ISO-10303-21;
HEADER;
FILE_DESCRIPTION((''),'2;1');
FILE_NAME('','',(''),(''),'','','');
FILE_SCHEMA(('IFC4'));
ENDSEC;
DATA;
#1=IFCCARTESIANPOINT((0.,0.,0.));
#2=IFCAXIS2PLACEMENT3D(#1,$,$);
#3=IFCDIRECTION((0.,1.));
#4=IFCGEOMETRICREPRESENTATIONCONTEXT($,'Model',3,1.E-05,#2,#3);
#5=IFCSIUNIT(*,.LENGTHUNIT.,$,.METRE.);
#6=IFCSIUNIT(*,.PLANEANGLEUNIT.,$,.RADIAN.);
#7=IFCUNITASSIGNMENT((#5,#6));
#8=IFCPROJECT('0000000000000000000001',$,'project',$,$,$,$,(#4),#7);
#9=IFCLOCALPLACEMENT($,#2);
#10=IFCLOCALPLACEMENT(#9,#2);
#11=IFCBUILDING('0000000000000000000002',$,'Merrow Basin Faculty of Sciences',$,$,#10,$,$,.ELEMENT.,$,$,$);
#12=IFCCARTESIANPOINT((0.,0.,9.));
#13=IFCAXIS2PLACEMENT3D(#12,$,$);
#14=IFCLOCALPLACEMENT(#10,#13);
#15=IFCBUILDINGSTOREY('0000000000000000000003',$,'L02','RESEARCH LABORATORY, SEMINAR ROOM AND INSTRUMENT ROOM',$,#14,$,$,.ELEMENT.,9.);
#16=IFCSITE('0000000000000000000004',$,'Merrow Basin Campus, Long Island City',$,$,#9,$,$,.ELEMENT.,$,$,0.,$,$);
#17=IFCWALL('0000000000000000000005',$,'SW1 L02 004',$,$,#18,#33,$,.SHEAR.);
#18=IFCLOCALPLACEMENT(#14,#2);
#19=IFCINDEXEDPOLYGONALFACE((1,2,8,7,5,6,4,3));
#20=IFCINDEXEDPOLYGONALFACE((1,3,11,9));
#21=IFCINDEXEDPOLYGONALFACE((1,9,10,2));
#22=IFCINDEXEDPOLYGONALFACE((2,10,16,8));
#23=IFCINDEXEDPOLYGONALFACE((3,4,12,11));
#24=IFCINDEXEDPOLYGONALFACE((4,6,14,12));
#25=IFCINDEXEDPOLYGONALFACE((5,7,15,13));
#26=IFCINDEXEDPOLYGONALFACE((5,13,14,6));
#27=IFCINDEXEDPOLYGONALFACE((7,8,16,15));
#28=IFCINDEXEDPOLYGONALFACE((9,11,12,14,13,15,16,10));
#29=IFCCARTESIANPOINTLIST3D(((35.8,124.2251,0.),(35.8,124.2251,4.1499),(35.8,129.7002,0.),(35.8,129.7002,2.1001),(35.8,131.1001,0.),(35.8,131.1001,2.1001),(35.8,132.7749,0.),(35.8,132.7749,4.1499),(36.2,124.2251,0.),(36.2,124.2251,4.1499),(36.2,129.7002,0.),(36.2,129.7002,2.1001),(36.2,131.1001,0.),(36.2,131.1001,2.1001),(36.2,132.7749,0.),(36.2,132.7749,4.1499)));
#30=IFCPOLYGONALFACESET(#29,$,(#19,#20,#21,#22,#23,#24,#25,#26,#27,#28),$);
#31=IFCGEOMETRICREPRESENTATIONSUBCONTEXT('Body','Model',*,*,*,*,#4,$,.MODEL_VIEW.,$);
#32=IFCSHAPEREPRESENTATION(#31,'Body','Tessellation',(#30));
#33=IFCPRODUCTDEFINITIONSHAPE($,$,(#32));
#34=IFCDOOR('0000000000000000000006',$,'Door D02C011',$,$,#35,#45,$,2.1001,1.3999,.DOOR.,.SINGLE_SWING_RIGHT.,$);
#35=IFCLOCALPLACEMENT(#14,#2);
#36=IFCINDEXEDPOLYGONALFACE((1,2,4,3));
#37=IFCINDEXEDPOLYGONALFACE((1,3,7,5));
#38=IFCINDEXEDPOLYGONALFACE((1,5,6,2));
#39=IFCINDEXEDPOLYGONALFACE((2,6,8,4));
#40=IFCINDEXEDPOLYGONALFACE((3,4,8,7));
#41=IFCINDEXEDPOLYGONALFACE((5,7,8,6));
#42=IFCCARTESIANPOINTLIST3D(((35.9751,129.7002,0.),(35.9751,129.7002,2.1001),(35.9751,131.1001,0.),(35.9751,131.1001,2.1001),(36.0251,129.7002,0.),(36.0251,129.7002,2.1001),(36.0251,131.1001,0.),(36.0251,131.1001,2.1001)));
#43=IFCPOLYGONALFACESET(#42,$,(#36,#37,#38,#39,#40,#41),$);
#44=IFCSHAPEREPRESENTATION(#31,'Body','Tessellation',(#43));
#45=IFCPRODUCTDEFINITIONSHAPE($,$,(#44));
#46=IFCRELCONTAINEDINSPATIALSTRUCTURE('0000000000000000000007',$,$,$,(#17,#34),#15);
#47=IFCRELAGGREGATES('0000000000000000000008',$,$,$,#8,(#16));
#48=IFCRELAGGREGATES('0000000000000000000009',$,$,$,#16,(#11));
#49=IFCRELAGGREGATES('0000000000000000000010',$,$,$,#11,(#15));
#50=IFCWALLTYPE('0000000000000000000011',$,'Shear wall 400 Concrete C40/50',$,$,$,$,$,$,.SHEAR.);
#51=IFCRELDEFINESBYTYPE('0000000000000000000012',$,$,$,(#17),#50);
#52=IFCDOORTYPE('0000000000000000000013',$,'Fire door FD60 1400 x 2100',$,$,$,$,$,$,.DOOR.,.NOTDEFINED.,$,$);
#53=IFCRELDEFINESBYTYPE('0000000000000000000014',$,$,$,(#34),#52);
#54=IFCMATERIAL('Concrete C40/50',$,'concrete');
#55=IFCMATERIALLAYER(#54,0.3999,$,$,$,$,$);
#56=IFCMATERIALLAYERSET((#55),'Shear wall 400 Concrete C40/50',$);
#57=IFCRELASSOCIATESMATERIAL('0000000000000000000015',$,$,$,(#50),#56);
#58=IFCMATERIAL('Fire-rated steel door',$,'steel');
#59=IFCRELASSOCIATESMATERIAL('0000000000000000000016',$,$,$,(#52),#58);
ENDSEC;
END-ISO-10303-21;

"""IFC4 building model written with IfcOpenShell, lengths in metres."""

from ifc_helpers import new_model, si_unit, direction, frame, frame_2d, origin, place, context, subcontext, project, spatial, rectangle, extrude, material, layer, layer_set, type_object, element, fill, save


model = new_model("IFC4")

# Units and contexts
model_context = context("Model", 3, precision=1e-05, world=origin(), true_north=direction((0.0, 1.0)))
body_context = subcontext(model_context, "Body", "Model", "MODEL_VIEW")
ifc_project = project(units=[si_unit("LENGTHUNIT", "METRE"), si_unit("PLANEANGLEUNIT", "RADIAN")], contexts=[model_context])

# Site, building, storey
site_placement = place(None, origin())
site = spatial("IfcSite", under=ifc_project, at=site_placement, Name="Merrow Basin Campus, Long Island City", CompositionType="ELEMENT", RefElevation=0.0)
building_placement = place(site_placement, origin())
building = spatial("IfcBuilding", under=site, at=building_placement, Name="Merrow Basin Faculty of Sciences", CompositionType="ELEMENT")
storey_placement = place(building_placement, frame((0.0, 0.0, 9.0)))
storey = spatial("IfcBuildingStorey", under=building, at=storey_placement, Name="L02", Description="RESEARCH LABORATORY, SEMINAR ROOM AND INSTRUMENT ROOM", CompositionType="ELEMENT", Elevation=9.0)

# Wall, opening, door
ifc_material_1 = material(Name="Concrete C40/50", Category="concrete")
ifc_layer_1 = layer(ifc_material_1, 0.3999)
ifc_layer_set_1 = layer_set([ifc_layer_1], Name="Shear wall 400 Concrete C40/50")
wall_type_1 = type_object("IfcWallType", Name="Shear wall 400 Concrete C40/50", PredefinedType="SHEAR", material=ifc_layer_set_1)
wall_1_placement = place(storey_placement, frame((36.0, 124.2251, 0.0), z_axis=(0.0, 0.0, 1.0), x_axis=(0.0, 1.0, 0.0)))
wall_1 = element("IfcWall", 1, at=wall_1_placement, inside=storey, type_object=wall_type_1, Name="SW1 L02 004", PredefinedType="SHEAR", context=body_context, shape_type="SweptSolid", body=[
    extrude(rectangle(XDim=8.5498, YDim=0.3999, at=frame_2d((4.2749, 0.0))), origin(), (0.0, 0.0, 1.0), 4.1499),
])
opening_1_placement = place(wall_1_placement, frame((5.4751, 0.0, 0.0)))
opening_1 = element("IfcOpeningElement", 2, at=opening_1_placement, cuts=wall_1, PredefinedType="OPENING", context=body_context, shape_type="SweptSolid", body=[
    extrude(rectangle(XDim=1.3999, YDim=2.1001, at=frame_2d((0.7, 1.05))), frame((0.0, 0.21, 0.0), z_axis=(0.0, -1.0, 0.0), x_axis=(1.0, 0.0, 0.0)), (0.0, 0.0, 1.0), 0.4199),
])
ifc_material_2 = material(Name="Fire-rated steel door", Category="steel")
door_type_1 = type_object("IfcDoorType", Name="Fire door FD60 1400 x 2100", OperationType="NOTDEFINED", PredefinedType="DOOR", material=ifc_material_2)
door_1_placement = place(opening_1_placement, origin())
door_1 = element("IfcDoor", 3, at=door_1_placement, inside=storey, type_object=door_type_1, Name="Door D02C011", OperationType="SINGLE_SWING_RIGHT", OverallHeight=2.1001, OverallWidth=1.3999, PredefinedType="DOOR", context=body_context, shape_type="SweptSolid", body=[
    extrude(rectangle(XDim=1.3999, YDim=2.1001, at=frame_2d((0.7, 1.05))), frame((0.0, 0.0249, 0.0), z_axis=(0.0, -1.0, 0.0), x_axis=(1.0, 0.0, 0.0)), (0.0, 0.0, 1.0), 0.05),
])
fill(opening_1, door_1)

save(model, "model.ifc")
